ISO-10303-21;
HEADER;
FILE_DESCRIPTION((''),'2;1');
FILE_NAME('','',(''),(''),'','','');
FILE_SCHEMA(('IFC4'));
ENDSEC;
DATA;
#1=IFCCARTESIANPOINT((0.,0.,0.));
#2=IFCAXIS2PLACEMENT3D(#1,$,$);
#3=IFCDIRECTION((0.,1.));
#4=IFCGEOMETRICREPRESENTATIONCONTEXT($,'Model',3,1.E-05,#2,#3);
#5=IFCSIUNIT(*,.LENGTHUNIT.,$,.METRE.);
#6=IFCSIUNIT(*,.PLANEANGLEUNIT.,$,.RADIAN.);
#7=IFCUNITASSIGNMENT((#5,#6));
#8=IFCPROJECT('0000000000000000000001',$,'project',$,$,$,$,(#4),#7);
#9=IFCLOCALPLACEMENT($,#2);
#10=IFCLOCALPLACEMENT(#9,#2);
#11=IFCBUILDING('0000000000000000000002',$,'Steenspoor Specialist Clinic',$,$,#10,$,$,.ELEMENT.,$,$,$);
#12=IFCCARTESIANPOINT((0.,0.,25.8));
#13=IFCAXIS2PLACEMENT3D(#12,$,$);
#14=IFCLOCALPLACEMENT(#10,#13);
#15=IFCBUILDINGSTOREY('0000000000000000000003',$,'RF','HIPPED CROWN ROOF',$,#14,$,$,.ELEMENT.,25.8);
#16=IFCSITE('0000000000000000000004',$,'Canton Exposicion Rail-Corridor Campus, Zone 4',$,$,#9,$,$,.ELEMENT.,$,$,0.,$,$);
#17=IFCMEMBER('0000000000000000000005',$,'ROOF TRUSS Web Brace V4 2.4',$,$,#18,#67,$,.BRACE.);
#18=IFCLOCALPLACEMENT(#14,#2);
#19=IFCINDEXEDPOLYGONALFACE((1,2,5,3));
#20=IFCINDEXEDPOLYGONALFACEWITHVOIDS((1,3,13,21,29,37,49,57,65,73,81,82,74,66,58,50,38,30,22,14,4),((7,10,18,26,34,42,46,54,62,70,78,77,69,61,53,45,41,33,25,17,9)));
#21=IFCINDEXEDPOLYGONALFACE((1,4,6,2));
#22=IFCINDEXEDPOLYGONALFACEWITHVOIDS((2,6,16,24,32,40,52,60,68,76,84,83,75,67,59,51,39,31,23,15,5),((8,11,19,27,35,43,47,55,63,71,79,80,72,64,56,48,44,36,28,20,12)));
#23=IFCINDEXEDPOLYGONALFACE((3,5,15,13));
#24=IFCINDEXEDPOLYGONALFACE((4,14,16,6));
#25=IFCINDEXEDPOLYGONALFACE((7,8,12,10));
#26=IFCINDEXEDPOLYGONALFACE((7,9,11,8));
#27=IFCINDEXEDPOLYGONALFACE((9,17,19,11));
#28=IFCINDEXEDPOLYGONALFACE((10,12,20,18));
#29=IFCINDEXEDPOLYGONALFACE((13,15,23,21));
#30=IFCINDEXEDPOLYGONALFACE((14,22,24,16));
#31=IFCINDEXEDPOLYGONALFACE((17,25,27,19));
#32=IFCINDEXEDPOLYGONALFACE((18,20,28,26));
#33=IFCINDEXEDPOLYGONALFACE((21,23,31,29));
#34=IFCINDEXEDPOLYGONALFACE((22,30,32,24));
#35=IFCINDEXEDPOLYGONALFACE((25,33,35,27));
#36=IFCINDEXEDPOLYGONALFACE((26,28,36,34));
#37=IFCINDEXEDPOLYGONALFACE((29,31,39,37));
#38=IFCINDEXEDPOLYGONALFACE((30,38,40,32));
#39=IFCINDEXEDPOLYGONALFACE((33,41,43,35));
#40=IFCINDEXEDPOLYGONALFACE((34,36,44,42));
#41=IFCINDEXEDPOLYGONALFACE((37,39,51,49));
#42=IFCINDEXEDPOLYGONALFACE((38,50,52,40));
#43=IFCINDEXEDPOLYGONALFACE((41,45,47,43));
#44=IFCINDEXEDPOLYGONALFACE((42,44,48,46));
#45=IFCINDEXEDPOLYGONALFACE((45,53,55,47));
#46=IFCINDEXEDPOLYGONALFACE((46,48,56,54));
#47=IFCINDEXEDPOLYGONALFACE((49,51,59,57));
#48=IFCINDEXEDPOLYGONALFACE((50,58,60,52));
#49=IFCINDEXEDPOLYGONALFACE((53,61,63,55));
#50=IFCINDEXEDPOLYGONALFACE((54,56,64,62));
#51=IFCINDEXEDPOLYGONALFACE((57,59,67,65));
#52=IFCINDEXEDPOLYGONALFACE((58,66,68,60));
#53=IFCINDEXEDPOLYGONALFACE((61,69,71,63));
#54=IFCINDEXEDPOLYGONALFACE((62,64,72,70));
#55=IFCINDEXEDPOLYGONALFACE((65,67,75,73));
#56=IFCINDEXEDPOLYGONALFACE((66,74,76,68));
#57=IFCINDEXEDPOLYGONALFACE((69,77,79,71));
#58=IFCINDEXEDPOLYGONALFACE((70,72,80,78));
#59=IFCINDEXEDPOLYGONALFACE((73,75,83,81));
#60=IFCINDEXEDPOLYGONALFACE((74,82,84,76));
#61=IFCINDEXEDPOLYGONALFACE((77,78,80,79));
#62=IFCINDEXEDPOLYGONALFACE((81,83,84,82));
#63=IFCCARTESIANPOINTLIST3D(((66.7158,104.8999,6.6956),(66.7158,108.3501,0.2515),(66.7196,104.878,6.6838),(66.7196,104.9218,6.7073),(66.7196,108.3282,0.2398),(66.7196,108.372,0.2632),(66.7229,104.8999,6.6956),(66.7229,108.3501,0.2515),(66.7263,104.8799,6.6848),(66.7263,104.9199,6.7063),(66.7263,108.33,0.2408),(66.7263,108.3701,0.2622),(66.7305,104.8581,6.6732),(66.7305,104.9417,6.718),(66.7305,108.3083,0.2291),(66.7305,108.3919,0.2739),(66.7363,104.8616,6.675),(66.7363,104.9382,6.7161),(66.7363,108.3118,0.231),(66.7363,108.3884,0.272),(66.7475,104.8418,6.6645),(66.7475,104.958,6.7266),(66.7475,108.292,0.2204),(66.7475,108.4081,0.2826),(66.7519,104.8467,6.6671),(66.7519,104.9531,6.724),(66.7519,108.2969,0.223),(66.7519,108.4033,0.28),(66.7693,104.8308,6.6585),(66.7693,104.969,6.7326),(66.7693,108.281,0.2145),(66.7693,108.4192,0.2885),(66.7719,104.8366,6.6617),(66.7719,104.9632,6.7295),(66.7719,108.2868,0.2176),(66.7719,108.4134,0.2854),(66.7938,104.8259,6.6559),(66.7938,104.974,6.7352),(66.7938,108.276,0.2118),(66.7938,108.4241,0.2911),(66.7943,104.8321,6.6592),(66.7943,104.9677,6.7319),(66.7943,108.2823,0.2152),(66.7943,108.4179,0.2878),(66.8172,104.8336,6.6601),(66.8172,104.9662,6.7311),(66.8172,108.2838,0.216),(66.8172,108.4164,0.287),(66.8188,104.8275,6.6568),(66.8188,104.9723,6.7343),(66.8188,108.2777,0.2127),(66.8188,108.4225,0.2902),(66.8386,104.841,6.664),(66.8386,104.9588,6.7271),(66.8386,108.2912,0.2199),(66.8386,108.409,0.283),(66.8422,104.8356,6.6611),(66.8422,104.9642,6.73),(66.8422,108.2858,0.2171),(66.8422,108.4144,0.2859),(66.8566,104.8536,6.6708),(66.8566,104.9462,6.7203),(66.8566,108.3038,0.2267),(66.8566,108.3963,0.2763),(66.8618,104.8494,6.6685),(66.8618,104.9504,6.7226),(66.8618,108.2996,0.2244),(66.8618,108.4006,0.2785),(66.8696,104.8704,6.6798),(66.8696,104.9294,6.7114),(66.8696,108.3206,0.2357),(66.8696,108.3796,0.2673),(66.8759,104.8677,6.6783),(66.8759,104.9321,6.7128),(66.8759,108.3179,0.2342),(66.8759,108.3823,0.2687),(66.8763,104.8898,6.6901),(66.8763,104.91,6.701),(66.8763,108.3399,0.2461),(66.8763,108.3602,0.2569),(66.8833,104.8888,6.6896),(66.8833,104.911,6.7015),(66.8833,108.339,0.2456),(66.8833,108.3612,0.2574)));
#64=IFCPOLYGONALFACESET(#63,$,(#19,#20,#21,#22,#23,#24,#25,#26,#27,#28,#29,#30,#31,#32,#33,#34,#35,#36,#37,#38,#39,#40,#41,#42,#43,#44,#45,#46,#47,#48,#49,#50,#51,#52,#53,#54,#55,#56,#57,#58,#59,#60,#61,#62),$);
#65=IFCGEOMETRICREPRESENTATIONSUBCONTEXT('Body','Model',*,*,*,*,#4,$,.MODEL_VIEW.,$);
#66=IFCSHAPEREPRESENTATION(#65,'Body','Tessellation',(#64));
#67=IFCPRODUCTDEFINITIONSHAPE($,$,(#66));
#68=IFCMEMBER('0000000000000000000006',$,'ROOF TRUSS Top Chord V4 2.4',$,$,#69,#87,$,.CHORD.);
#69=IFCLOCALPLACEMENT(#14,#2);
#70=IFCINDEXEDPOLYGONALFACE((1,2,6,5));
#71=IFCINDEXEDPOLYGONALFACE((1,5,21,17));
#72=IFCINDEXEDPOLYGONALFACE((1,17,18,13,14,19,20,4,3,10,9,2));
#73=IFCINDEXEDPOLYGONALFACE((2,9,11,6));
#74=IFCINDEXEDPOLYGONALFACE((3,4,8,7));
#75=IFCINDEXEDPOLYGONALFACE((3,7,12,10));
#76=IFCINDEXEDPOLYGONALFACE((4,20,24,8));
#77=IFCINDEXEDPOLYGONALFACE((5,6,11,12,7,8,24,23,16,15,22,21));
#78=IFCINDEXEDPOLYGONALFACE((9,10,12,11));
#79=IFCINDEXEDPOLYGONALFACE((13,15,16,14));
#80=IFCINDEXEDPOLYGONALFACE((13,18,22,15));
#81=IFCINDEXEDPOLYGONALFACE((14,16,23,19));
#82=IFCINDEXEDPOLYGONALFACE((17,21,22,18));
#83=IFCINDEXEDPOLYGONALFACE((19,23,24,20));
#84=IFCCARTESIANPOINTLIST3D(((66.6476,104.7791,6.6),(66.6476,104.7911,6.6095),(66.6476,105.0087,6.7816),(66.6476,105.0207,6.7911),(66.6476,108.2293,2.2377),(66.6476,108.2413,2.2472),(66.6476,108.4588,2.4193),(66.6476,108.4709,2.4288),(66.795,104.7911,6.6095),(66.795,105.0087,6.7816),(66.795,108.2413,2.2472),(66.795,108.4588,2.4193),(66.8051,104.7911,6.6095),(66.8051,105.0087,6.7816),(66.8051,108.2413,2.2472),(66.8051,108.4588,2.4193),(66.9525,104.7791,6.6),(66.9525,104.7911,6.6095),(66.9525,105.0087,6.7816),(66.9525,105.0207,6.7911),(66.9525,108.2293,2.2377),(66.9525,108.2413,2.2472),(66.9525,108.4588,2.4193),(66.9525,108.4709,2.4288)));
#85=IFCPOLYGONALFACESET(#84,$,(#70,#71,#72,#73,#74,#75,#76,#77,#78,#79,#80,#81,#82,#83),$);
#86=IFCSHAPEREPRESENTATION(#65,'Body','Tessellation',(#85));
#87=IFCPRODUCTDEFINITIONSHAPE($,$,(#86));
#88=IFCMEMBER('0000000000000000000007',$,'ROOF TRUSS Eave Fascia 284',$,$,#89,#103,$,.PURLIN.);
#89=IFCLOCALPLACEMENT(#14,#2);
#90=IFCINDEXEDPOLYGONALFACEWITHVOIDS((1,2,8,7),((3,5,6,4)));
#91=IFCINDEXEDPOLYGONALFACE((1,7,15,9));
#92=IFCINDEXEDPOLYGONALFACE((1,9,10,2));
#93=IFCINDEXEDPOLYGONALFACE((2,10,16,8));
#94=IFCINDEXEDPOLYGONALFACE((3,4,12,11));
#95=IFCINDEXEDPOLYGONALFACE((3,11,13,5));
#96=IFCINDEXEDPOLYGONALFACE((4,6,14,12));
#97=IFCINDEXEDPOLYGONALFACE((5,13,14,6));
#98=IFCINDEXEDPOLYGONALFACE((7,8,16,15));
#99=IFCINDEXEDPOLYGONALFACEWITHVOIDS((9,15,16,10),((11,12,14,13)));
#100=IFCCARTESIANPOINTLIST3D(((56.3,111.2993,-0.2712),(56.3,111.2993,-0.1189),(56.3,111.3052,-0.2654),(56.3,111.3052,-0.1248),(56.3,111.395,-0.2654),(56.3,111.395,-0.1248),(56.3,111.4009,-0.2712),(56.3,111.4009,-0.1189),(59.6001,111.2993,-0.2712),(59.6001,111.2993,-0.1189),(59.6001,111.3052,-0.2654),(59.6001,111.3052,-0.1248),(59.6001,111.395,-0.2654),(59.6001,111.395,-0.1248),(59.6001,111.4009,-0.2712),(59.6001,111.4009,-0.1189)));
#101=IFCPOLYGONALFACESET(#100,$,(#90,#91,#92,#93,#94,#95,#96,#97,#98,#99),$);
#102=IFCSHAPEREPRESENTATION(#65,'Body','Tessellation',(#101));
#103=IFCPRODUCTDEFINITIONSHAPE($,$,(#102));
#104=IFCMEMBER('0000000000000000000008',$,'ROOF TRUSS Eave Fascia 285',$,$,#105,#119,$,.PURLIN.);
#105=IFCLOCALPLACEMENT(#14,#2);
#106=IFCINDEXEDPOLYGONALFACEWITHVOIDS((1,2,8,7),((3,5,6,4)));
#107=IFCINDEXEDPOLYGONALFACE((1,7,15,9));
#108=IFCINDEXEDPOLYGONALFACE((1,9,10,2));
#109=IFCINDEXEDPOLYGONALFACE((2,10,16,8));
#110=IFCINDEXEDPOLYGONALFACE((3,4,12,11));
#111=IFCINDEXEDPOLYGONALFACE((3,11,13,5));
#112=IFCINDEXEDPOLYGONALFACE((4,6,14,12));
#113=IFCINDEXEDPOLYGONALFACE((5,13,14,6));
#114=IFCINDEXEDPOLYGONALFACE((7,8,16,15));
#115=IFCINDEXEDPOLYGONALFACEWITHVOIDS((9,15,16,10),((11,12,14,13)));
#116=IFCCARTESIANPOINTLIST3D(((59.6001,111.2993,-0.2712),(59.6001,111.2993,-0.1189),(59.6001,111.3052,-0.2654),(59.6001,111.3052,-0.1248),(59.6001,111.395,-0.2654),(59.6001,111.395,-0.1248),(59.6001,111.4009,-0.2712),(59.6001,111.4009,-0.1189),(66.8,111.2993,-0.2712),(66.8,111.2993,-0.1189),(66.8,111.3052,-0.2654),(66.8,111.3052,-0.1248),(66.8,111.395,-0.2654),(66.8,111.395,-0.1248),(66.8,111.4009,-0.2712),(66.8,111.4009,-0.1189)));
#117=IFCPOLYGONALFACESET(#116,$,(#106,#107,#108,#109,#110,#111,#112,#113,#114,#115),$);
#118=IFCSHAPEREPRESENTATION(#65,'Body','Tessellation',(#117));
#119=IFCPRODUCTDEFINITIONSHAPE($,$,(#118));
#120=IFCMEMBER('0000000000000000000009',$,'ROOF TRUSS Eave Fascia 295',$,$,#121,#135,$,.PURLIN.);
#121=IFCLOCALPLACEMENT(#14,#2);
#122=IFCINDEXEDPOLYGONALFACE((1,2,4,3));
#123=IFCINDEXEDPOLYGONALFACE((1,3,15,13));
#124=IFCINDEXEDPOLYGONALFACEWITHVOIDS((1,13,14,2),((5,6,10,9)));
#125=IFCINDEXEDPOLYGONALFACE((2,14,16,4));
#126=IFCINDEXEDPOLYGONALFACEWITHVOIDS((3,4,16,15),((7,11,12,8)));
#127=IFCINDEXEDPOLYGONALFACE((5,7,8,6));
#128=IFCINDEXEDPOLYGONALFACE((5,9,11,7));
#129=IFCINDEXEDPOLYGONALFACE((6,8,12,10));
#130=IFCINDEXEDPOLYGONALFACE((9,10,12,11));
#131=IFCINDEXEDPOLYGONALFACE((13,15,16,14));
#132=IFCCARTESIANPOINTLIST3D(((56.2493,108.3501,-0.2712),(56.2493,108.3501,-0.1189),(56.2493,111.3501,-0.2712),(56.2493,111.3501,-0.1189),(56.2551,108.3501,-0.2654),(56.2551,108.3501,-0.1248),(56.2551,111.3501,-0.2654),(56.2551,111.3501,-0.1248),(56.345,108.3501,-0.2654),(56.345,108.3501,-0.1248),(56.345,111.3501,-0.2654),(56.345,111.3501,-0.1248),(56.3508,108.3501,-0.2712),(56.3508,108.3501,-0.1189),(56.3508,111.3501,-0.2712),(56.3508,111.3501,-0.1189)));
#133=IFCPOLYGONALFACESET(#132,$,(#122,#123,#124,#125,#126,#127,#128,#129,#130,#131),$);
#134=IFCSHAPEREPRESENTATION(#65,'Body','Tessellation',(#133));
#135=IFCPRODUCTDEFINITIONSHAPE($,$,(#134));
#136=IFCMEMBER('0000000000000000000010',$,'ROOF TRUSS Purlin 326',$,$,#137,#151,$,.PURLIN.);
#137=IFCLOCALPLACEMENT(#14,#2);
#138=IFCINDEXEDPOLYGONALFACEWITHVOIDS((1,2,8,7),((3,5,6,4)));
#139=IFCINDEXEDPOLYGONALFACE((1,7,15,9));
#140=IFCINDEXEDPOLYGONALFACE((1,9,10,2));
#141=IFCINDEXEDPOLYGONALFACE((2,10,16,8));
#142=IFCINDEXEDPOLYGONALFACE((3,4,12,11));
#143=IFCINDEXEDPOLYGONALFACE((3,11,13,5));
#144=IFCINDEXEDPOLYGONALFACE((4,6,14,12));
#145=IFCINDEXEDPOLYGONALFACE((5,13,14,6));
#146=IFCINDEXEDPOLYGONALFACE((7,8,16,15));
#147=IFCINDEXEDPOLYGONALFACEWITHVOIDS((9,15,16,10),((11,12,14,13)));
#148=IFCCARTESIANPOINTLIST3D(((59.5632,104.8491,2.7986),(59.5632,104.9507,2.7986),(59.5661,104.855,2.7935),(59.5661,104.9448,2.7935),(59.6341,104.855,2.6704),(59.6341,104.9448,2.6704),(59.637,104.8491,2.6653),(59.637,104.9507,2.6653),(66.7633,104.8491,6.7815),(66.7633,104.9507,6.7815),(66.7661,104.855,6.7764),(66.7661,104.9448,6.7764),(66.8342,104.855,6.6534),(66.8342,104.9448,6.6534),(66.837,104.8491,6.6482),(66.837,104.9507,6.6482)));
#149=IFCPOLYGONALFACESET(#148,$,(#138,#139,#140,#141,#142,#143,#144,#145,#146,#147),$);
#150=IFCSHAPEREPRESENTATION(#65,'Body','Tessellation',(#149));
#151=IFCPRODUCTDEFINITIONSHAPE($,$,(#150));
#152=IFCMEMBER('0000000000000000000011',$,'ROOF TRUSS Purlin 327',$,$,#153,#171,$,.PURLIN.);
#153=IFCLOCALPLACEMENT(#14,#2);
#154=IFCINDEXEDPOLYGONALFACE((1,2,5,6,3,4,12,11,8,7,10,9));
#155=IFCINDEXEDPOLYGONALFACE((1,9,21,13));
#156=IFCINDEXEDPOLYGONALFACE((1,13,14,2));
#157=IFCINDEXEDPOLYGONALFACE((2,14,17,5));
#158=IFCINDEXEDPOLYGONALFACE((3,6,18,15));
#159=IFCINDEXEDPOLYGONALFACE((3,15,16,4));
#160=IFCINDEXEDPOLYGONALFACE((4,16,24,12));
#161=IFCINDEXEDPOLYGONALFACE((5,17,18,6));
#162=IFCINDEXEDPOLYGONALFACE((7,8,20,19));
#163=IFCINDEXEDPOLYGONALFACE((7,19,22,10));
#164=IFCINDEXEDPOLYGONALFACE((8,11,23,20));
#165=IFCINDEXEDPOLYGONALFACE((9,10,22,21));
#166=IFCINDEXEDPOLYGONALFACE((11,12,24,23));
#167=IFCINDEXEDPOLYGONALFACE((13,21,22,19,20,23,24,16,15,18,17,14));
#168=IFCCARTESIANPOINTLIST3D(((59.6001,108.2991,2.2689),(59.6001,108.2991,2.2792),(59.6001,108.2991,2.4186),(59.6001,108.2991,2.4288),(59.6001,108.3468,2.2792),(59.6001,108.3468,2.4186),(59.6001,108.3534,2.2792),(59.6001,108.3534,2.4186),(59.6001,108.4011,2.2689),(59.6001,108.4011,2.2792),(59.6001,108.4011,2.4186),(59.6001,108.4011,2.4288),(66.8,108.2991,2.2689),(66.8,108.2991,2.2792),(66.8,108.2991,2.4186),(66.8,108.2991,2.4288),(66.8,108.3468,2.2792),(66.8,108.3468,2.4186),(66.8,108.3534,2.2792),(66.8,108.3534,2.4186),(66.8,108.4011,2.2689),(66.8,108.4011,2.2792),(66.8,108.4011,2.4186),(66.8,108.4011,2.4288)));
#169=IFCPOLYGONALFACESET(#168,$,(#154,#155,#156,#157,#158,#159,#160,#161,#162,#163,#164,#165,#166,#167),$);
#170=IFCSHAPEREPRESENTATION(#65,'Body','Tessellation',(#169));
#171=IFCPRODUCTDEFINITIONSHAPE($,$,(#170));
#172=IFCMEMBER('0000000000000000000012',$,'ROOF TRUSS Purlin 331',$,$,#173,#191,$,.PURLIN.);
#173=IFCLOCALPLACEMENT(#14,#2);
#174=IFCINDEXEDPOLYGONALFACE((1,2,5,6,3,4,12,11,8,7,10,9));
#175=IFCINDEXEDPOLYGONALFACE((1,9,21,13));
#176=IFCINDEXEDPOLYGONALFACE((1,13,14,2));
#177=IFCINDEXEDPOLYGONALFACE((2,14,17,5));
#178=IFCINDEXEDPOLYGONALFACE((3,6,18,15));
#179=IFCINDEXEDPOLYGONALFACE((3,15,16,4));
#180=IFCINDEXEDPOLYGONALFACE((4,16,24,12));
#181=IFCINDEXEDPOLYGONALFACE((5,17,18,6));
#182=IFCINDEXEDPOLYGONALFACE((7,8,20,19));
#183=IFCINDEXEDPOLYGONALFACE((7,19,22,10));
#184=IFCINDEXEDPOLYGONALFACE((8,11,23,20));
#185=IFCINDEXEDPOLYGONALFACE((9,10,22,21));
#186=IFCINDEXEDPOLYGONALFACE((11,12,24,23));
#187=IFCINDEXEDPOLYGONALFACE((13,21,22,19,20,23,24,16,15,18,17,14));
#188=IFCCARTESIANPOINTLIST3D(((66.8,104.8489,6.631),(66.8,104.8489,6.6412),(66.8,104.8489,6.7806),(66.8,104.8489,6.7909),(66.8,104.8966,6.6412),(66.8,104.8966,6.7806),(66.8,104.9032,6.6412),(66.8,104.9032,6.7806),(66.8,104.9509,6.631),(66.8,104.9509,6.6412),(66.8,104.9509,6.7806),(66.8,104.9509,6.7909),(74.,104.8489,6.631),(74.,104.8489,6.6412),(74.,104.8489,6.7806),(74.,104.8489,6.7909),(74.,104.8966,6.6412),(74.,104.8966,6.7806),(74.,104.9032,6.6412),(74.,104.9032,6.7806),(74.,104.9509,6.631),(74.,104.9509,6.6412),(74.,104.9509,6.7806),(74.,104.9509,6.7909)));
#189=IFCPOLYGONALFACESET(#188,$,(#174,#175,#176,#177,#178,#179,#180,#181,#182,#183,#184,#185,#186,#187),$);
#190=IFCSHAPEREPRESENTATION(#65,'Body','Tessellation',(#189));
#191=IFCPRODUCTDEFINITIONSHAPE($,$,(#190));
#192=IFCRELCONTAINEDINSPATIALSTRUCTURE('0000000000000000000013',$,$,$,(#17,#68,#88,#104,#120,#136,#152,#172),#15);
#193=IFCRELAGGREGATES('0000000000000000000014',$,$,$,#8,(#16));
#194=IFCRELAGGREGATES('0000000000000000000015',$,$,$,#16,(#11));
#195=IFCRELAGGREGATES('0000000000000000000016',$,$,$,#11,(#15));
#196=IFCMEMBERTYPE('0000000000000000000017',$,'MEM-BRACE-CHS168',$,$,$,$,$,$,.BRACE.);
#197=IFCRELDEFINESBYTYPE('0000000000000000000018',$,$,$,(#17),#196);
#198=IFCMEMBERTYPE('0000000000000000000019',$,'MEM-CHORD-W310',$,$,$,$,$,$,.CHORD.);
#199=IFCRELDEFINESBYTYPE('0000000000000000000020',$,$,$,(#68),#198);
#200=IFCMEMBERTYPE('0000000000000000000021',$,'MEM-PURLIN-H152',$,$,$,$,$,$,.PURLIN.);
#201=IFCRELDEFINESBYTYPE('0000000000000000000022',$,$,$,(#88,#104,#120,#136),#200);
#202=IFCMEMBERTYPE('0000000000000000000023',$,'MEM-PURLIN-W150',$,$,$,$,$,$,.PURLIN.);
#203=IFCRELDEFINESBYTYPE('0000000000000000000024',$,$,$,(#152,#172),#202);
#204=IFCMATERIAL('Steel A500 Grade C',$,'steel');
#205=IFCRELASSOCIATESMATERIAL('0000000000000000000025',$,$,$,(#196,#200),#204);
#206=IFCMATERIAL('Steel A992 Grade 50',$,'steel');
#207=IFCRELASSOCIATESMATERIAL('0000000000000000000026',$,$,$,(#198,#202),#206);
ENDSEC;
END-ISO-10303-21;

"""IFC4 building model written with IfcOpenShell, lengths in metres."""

from ifc_helpers import new_model, si_unit, direction, frame, origin, origin_2d, place, context, subcontext, project, spatial, hollow_rectangle, hollow_circle, i_section, extrude, material, material_profile, profile_set, type_object, element, save


model = new_model("IFC4")

# Units and contexts
model_context = context("Model", 3, precision=1e-05, world=origin(), true_north=direction((0.0, 1.0)))
body_context = subcontext(model_context, "Body", "Model", "MODEL_VIEW")
ifc_project = project(units=[si_unit("LENGTHUNIT", "METRE"), si_unit("PLANEANGLEUNIT", "RADIAN")], contexts=[model_context])

# Site, building, storey
site_placement = place(None, origin())
site = spatial("IfcSite", under=ifc_project, at=site_placement, Name="Canton Exposicion Rail-Corridor Campus, Zone 4", CompositionType="ELEMENT", RefElevation=0.0)
building_placement = place(site_placement, origin())
building = spatial("IfcBuilding", under=site, at=building_placement, Name="Steenspoor Specialist Clinic", CompositionType="ELEMENT")
storey_placement = place(building_placement, frame((0.0, 0.0, 25.8)))
storey = spatial("IfcBuildingStorey", under=building, at=storey_placement, Name="RF", Description="HIPPED CROWN ROOF", CompositionType="ELEMENT", Elevation=25.8)

# Members
ifc_material_1 = material(Name="Steel A500 Grade C", Category="steel")
ifc_material_profile_1 = material_profile(ifc_material_1, hollow_circle(Radius=0.0842, WallThickness=0.0071, at=origin_2d()), Name="CHS168X7.1")
ifc_profile_set_1 = profile_set([ifc_material_profile_1], Name="Steel A500 Grade C")
member_type_1 = type_object("IfcMemberType", Name="MEM-BRACE-CHS168", PredefinedType="BRACE", material=ifc_profile_set_1)
member_1_placement = place(storey_placement, frame((66.8, 104.8999, 6.6956), z_axis=(0.0, 0.472009, -0.881594), x_axis=(-1.0, 0.0, 0.0)))
element("IfcMember", 1, at=member_1_placement, inside=storey, type_object=member_type_1, Name="ROOF TRUSS Web Brace V4 2.4", PredefinedType="BRACE", context=body_context, shape_type="SweptSolid", body=[
    extrude(hollow_circle(Radius=0.0842, WallThickness=0.0071, at=origin_2d()), origin(), (0.0, 0.0, 1.0), 7.3096),
])
ifc_material_2 = material(Name="Steel A992 Grade 50", Category="steel")
ifc_material_profile_2 = material_profile(ifc_material_2, i_section(OverallWidth=0.3049, OverallDepth=0.3081, WebThickness=0.01, FlangeThickness=0.0154, at=origin_2d()), Name="W310X97")
ifc_profile_set_2 = profile_set([ifc_material_profile_2], Name="Steel A992 Grade 50")
member_type_2 = type_object("IfcMemberType", Name="MEM-CHORD-W310", PredefinedType="CHORD", material=ifc_profile_set_2)
member_2_placement = place(storey_placement, frame((66.8, 104.8999, 6.6956), z_axis=(0.0, 0.620339, -0.784334), x_axis=(-1.0, 0.0, 0.0)))
element("IfcMember", 2, at=member_2_placement, inside=storey, type_object=member_type_2, Name="ROOF TRUSS Top Chord V4 2.4", PredefinedType="CHORD", context=body_context, shape_type="SweptSolid", body=[
    extrude(i_section(OverallWidth=0.3049, OverallDepth=0.3081, WebThickness=0.01, FlangeThickness=0.0154, at=origin_2d()), origin(), (0.0, 0.0, 1.0), 5.5618),
])
ifc_material_profile_3 = material_profile(ifc_material_1, hollow_rectangle(XDim=0.1016, YDim=0.1523, WallThickness=0.0059, at=origin_2d()), Name="HSS152X102X6.4")
ifc_profile_set_3 = profile_set([ifc_material_profile_3], Name="Steel A500 Grade C")
member_type_3 = type_object("IfcMemberType", Name="MEM-PURLIN-H152", PredefinedType="PURLIN", material=ifc_profile_set_3)
member_3_placement = place(storey_placement, frame((56.3, 111.3501, -0.1951), z_axis=(1.0, 0.0, 0.0), x_axis=(0.0, 1.0, 0.0)))
element("IfcMember", 3, at=member_3_placement, inside=storey, type_object=member_type_3, Name="ROOF TRUSS Eave Fascia 284", PredefinedType="PURLIN", context=body_context, shape_type="SweptSolid", body=[
    extrude(hollow_rectangle(XDim=0.1016, YDim=0.1523, WallThickness=0.0059, at=origin_2d()), origin(), (0.0, 0.0, 1.0), 3.3),
])
member_4_placement = place(storey_placement, frame((59.6001, 111.3501, -0.1951), z_axis=(1.0, 0.0, 0.0), x_axis=(0.0, 1.0, 0.0)))
element("IfcMember", 4, at=member_4_placement, inside=storey, type_object=member_type_3, Name="ROOF TRUSS Eave Fascia 285", PredefinedType="PURLIN", context=body_context, shape_type="SweptSolid", body=[
    extrude(hollow_rectangle(XDim=0.1016, YDim=0.1523, WallThickness=0.0059, at=origin_2d()), origin(), (0.0, 0.0, 1.0), 7.2),
])
member_5_placement = place(storey_placement, frame((56.3, 108.3501, -0.1951), z_axis=(0.0, 1.0, 0.0), x_axis=(-1.0, 0.0, 0.0)))
element("IfcMember", 5, at=member_5_placement, inside=storey, type_object=member_type_3, Name="ROOF TRUSS Eave Fascia 295", PredefinedType="PURLIN", context=body_context, shape_type="SweptSolid", body=[
    extrude(hollow_rectangle(XDim=0.1016, YDim=0.1523, WallThickness=0.0059, at=origin_2d()), origin(), (0.0, 0.0, 1.0), 3.0),
])
member_6_placement = place(storey_placement, frame((59.6001, 104.8999, 2.7319), z_axis=(0.875036, 0.0, 0.484058), x_axis=(0.0, 1.0, 0.0)))
element("IfcMember", 6, at=member_6_placement, inside=storey, type_object=member_type_3, Name="ROOF TRUSS Purlin 326", PredefinedType="PURLIN", context=body_context, shape_type="SweptSolid", body=[
    extrude(hollow_rectangle(XDim=0.1016, YDim=0.1523, WallThickness=0.0059, at=origin_2d()), origin(), (0.0, 0.0, 1.0), 8.2283),
])
ifc_material_profile_4 = material_profile(ifc_material_2, i_section(OverallWidth=0.1021, OverallDepth=0.1599, WebThickness=0.0066, FlangeThickness=0.0103, at=origin_2d()), Name="W150X24")
ifc_profile_set_4 = profile_set([ifc_material_profile_4], Name="Steel A992 Grade 50")
member_type_4 = type_object("IfcMemberType", Name="MEM-PURLIN-W150", PredefinedType="PURLIN", material=ifc_profile_set_4)
for number, where, z_axis, x_axis, name in (
    (7, (59.6001, 108.3501, 2.3489), (1.0, 0.0, 0.0), (0.0, 1.0, 0.0), "ROOF TRUSS Purlin 327"),
    (8, (66.8, 104.8999, 6.7109), (1.0, 0.0, 0.0), (0.0, 1.0, 0.0), "ROOF TRUSS Purlin 331"),
):
    element("IfcMember", number, at=place(storey_placement, frame(where, z_axis=z_axis, x_axis=x_axis)), inside=storey, type_object=member_type_4, Name=name, PredefinedType="PURLIN", context=body_context, shape_type="SweptSolid", body=[
        extrude(i_section(OverallWidth=0.1021, OverallDepth=0.1599, WebThickness=0.0066, FlangeThickness=0.0103, at=origin_2d()), origin(), (0.0, 0.0, 1.0), 7.2),
    ])

save(model, "model.ifc")
